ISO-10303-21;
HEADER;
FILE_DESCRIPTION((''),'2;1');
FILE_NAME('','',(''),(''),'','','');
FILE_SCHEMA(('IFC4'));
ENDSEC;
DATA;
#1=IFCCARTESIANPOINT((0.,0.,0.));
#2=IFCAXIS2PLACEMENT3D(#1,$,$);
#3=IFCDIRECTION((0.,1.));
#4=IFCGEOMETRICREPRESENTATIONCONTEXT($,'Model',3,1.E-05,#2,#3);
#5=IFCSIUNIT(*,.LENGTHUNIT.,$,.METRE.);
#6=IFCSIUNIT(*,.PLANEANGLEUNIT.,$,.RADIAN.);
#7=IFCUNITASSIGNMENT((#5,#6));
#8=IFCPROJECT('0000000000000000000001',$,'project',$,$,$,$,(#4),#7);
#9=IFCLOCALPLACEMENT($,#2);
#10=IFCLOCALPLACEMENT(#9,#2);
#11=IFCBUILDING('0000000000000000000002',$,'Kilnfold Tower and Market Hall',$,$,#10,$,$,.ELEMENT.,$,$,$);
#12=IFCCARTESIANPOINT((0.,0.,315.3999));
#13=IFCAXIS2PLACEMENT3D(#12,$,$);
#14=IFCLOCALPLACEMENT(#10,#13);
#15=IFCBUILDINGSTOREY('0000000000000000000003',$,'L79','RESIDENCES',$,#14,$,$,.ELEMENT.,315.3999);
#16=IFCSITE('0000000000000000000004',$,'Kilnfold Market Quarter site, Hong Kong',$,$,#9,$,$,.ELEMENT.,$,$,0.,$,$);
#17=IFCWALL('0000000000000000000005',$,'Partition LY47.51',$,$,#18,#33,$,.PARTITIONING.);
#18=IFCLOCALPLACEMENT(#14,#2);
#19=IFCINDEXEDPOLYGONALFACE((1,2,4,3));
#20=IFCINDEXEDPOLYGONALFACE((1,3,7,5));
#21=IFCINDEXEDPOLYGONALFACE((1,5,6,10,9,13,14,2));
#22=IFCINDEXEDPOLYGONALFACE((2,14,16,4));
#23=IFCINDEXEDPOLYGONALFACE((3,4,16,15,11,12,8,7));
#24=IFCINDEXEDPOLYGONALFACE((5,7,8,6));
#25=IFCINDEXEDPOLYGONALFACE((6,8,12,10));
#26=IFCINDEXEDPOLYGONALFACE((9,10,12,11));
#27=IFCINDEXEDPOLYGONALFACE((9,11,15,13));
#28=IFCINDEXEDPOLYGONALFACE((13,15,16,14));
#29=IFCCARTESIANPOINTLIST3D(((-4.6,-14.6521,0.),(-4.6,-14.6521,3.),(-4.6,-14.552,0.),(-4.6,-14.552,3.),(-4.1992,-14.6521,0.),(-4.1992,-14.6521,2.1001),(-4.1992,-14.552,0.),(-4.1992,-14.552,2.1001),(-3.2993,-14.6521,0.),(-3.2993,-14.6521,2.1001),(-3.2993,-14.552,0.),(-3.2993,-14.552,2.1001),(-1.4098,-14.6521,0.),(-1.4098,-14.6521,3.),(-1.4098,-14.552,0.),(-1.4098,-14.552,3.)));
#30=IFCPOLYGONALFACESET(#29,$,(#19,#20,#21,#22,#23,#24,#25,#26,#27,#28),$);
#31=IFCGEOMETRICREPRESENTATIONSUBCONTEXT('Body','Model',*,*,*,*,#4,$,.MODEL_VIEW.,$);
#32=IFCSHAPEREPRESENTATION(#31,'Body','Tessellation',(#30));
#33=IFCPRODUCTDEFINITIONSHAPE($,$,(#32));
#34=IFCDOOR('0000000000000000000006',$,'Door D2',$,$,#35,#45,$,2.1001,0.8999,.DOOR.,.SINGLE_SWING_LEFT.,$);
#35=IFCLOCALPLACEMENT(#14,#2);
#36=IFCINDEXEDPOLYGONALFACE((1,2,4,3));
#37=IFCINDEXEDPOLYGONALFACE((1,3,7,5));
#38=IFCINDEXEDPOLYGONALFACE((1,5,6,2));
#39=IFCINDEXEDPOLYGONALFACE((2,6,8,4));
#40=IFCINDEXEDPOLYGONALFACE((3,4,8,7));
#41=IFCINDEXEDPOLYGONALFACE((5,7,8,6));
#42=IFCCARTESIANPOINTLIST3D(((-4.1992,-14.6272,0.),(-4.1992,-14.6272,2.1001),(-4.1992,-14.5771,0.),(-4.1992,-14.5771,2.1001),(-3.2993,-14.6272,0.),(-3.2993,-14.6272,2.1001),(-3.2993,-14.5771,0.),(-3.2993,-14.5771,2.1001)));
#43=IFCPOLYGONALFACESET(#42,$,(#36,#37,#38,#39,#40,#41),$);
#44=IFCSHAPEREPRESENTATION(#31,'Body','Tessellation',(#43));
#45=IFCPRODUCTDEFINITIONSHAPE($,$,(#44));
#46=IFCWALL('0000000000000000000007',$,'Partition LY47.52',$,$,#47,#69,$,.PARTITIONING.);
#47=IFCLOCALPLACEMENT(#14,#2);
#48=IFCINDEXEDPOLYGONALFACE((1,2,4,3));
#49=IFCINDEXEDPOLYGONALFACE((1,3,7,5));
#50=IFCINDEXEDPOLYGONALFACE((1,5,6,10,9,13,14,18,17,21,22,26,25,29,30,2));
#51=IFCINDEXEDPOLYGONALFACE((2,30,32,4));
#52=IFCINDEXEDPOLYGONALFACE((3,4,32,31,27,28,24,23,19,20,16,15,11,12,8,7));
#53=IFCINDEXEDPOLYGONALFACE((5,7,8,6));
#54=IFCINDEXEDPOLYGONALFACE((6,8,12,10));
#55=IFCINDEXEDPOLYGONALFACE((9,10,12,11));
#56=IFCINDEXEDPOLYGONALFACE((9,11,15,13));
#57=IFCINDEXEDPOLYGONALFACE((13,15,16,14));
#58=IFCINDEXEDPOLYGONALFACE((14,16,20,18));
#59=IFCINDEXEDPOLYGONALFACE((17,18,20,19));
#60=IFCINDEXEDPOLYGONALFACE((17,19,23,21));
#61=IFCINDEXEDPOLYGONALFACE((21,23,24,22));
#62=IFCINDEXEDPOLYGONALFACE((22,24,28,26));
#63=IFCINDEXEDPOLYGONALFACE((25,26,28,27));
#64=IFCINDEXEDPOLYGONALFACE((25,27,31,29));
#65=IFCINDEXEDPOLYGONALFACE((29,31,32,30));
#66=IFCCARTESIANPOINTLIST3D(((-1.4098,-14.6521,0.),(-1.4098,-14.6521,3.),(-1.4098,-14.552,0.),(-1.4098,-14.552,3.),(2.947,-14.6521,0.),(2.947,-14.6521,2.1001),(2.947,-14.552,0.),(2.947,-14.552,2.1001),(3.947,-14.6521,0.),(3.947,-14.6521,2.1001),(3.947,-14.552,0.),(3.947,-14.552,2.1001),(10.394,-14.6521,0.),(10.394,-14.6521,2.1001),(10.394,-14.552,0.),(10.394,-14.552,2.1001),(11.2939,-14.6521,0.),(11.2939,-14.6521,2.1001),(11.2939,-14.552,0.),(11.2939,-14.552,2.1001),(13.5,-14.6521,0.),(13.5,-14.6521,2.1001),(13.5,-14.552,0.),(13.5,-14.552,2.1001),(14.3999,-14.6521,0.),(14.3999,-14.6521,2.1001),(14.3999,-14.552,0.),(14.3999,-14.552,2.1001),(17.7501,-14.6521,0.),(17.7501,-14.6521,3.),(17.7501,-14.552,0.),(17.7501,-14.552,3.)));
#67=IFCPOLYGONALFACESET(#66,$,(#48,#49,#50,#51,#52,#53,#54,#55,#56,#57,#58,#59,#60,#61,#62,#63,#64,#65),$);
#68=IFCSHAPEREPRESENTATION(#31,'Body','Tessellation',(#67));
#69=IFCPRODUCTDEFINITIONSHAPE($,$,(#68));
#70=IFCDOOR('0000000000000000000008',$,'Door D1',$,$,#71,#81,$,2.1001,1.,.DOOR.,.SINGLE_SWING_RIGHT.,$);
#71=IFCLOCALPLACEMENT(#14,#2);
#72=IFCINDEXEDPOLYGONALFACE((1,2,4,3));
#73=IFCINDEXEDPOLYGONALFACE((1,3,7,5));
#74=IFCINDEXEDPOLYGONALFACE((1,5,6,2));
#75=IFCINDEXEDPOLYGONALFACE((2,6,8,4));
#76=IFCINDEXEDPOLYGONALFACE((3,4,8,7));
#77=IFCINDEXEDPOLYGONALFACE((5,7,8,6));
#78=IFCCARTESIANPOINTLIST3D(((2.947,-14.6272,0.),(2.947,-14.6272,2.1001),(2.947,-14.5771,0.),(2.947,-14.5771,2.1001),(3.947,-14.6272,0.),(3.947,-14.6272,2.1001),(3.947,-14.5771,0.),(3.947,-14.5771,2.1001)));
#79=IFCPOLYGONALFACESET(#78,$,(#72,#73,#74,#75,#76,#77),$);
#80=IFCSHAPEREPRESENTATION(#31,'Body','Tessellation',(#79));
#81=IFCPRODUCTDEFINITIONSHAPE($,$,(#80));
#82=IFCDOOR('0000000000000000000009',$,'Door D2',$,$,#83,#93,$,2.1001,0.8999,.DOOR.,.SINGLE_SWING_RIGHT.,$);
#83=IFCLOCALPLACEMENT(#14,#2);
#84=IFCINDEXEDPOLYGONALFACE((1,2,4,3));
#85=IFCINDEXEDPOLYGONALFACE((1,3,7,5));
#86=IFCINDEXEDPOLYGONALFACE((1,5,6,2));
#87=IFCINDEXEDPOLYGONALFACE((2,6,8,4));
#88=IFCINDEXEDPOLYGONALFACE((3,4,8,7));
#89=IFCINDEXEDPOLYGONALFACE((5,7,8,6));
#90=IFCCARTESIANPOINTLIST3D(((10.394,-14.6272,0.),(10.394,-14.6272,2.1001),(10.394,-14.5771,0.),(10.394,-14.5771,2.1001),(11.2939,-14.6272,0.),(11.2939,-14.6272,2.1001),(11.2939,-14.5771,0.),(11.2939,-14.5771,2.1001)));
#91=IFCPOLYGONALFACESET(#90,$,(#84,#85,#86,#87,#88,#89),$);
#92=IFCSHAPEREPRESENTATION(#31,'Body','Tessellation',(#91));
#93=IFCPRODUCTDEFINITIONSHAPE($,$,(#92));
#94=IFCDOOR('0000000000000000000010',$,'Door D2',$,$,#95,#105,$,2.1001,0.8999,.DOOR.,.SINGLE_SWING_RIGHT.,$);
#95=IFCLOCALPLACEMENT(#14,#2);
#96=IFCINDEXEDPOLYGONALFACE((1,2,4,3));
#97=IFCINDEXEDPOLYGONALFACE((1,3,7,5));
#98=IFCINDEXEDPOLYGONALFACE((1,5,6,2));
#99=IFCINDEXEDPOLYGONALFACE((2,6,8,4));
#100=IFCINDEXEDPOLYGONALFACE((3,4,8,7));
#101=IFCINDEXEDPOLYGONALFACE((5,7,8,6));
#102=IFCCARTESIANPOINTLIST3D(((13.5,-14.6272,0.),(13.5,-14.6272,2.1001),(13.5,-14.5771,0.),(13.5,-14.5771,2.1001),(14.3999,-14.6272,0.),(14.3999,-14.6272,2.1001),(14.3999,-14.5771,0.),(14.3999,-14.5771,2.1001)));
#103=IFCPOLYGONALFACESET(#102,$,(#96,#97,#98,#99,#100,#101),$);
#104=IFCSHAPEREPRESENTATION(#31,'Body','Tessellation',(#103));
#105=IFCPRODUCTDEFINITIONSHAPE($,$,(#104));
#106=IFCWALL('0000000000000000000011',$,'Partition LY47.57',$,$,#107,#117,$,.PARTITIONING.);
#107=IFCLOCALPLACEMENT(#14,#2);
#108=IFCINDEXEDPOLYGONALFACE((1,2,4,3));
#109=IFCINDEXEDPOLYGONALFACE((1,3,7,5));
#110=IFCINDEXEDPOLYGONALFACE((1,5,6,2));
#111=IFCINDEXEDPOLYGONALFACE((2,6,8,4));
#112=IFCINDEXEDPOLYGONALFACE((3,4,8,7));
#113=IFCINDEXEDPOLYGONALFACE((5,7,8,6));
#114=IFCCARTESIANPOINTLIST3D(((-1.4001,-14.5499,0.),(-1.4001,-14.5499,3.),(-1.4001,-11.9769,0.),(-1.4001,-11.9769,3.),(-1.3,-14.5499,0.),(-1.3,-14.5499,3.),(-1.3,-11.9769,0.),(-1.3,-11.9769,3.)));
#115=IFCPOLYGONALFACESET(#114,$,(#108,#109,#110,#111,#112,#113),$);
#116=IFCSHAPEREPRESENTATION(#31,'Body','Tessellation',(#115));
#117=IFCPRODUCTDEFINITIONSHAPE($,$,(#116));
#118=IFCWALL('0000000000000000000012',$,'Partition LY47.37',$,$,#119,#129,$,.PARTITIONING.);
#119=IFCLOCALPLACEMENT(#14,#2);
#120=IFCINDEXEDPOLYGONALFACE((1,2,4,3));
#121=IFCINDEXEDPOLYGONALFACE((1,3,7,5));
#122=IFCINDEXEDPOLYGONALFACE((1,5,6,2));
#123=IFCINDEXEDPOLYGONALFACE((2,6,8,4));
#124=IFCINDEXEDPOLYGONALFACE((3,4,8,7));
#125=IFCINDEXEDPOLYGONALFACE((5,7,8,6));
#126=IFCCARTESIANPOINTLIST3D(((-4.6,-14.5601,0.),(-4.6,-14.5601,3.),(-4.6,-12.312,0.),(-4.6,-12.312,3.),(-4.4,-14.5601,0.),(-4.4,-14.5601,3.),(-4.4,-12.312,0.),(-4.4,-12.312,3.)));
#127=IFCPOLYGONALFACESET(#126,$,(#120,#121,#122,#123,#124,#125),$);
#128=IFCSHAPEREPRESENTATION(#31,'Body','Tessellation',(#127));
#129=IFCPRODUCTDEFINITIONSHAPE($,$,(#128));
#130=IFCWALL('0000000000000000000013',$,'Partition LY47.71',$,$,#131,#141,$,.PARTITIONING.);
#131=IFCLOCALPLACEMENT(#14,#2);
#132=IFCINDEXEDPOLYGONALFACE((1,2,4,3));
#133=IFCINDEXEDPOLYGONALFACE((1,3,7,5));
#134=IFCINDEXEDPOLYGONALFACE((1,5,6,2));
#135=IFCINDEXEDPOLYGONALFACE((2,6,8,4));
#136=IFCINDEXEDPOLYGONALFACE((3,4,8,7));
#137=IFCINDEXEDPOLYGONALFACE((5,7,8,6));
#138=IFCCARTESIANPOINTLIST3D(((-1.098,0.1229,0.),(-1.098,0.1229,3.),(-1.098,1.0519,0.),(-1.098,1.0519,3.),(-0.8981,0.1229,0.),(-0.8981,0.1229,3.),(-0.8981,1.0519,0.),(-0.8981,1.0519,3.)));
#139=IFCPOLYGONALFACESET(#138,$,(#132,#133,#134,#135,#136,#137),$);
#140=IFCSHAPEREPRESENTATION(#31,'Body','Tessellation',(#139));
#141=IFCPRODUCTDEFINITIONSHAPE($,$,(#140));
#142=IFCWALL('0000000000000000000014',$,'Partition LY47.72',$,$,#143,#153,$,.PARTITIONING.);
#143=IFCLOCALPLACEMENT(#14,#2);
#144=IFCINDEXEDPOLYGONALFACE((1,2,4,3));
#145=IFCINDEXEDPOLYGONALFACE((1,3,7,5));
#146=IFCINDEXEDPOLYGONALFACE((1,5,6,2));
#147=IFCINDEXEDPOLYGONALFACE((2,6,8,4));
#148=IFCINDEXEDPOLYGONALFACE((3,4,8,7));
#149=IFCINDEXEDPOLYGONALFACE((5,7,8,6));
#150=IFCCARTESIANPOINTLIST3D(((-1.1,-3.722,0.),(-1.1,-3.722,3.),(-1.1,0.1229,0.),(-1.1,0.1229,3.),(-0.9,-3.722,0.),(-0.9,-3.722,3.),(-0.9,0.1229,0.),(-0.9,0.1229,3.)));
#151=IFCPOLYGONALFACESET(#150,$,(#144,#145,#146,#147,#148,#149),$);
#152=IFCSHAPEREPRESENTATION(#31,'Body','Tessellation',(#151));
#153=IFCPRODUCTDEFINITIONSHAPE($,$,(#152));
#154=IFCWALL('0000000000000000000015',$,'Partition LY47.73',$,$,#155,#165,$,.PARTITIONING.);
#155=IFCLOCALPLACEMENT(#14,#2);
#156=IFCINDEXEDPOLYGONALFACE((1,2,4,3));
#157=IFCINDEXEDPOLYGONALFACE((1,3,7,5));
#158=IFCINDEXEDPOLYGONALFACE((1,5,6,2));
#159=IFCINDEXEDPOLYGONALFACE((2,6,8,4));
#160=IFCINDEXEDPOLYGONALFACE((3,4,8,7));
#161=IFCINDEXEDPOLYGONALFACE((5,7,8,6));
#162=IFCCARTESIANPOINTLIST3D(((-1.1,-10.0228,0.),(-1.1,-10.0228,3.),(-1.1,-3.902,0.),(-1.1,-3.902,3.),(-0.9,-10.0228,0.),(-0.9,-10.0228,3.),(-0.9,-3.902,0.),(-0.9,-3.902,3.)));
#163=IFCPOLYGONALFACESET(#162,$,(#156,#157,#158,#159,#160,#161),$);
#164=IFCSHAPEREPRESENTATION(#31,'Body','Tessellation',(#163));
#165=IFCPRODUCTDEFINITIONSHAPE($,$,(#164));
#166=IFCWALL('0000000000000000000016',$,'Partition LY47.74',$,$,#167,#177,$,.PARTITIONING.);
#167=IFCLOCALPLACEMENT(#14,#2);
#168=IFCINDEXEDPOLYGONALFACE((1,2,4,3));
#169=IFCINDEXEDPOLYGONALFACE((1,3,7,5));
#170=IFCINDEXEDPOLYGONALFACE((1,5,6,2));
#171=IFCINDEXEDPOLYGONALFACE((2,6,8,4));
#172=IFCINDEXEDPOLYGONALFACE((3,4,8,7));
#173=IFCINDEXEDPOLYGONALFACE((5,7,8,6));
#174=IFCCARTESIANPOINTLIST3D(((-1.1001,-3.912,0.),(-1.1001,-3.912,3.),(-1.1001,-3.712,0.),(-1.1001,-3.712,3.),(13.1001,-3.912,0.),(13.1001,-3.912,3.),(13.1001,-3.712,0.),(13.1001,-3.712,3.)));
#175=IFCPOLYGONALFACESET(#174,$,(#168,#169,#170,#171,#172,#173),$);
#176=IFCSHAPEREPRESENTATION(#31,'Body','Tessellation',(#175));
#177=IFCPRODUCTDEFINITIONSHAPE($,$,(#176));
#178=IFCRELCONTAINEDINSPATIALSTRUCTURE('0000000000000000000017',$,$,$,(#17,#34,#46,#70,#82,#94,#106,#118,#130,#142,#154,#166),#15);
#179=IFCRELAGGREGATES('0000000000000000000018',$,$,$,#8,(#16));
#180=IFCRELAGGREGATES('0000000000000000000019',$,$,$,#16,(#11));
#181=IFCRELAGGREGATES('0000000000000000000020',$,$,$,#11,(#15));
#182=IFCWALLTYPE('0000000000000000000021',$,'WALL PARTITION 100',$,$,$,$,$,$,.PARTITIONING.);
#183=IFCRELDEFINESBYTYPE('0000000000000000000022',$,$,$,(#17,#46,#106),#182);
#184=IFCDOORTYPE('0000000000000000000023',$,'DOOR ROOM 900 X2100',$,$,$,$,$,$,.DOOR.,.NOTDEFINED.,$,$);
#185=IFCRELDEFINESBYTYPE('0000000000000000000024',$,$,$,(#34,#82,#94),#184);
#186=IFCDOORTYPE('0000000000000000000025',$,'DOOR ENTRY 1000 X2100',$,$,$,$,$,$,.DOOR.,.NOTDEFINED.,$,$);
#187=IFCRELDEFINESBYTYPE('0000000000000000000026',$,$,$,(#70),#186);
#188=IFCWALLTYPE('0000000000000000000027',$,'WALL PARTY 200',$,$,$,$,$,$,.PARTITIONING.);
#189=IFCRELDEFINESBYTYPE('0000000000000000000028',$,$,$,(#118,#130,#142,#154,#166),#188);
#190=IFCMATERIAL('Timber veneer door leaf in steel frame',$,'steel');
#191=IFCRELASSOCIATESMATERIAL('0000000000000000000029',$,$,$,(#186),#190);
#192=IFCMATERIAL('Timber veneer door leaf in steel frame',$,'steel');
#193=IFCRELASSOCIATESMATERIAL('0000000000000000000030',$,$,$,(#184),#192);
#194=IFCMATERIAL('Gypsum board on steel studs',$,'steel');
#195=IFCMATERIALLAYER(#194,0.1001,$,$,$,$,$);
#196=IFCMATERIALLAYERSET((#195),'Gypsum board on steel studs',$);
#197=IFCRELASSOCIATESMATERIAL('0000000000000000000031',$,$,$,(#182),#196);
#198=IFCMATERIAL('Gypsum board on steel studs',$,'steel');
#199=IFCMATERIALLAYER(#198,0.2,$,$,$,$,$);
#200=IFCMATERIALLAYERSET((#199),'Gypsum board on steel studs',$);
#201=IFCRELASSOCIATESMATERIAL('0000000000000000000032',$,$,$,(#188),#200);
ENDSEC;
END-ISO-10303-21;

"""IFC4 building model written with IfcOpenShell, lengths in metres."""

from ifc_helpers import new_model, si_unit, direction, frame, frame_2d, origin, place, context, subcontext, project, spatial, rectangle, extrude, material, layer, layer_set, type_object, element, fill, save


model = new_model("IFC4")

# Units and contexts
model_context = context("Model", 3, precision=1e-05, world=origin(), true_north=direction((0.0, 1.0)))
body_context = subcontext(model_context, "Body", "Model", "MODEL_VIEW")
ifc_project = project(units=[si_unit("LENGTHUNIT", "METRE"), si_unit("PLANEANGLEUNIT", "RADIAN")], contexts=[model_context])

# Site, building, storey
site_placement = place(None, origin())
site = spatial("IfcSite", under=ifc_project, at=site_placement, Name="Kilnfold Market Quarter site, Hong Kong", CompositionType="ELEMENT", RefElevation=0.0)
building_placement = place(site_placement, origin())
building = spatial("IfcBuilding", under=site, at=building_placement, Name="Kilnfold Tower and Market Hall", CompositionType="ELEMENT")
storey_placement = place(building_placement, frame((0.0, 0.0, 315.3999)))
storey = spatial("IfcBuildingStorey", under=building, at=storey_placement, Name="L79", Description="RESIDENCES", CompositionType="ELEMENT", Elevation=315.3999)

# Shared definitions
ifc_material_1 = material(Name="Timber veneer door leaf in steel frame", Category="steel")
door_type_1 = type_object("IfcDoorType", Name="DOOR ENTRY 1000 X2100", OperationType="NOTDEFINED", PredefinedType="DOOR", material=ifc_material_1)

# Shared definitions
ifc_material_2 = material(Name="Timber veneer door leaf in steel frame", Category="steel")
door_type_2 = type_object("IfcDoorType", Name="DOOR ROOM 900 X2100", OperationType="NOTDEFINED", PredefinedType="DOOR", material=ifc_material_2)

# Wall, opening, door
ifc_material_3 = material(Name="Gypsum board on steel studs", Category="steel")
ifc_layer_1 = layer(ifc_material_3, 0.1001)
ifc_layer_set_1 = layer_set([ifc_layer_1], Name="Gypsum board on steel studs")
wall_type_1 = type_object("IfcWallType", Name="WALL PARTITION 100", PredefinedType="PARTITIONING", material=ifc_layer_set_1)
wall_1_placement = place(storey_placement, frame((-4.6001, -14.6021, 0.0), z_axis=(0.0, 0.0, 1.0), x_axis=(1.0, 0.0, 0.0)))
wall_1 = element("IfcWall", 1, at=wall_1_placement, inside=storey, type_object=wall_type_1, Name="Partition LY47.51", PredefinedType="PARTITIONING", context=body_context, shape_type="SweptSolid", body=[
    extrude(rectangle(XDim=3.1902, YDim=0.1001, at=frame_2d((1.5952, 0.0))), origin(), (0.0, 0.0, 1.0), 3.0),
])
opening_1_placement = place(wall_1_placement, frame((0.4009, 0.0, 0.0)))
opening_1 = element("IfcOpeningElement", 2, at=opening_1_placement, cuts=wall_1, PredefinedType="OPENING", context=body_context, shape_type="SweptSolid", body=[
    extrude(rectangle(XDim=0.8999, YDim=2.1001, at=frame_2d((0.45, 1.05))), frame((0.0, 0.0601, 0.0), z_axis=(0.0, -1.0, 0.0), x_axis=(1.0, 0.0, 0.0)), (0.0, 0.0, 1.0), 0.1201),
])
door_1_placement = place(opening_1_placement, origin())
door_1 = element("IfcDoor", 3, at=door_1_placement, inside=storey, type_object=door_type_2, Name="Door D2", OperationType="SINGLE_SWING_LEFT", OverallHeight=2.1001, OverallWidth=0.8999, PredefinedType="DOOR", context=body_context, shape_type="SweptSolid", body=[
    extrude(rectangle(XDim=0.8999, YDim=2.1001, at=frame_2d((0.45, 1.05))), frame((0.0, 0.0249, 0.0), z_axis=(0.0, -1.0, 0.0), x_axis=(1.0, 0.0, 0.0)), (0.0, 0.0, 1.0), 0.05),
])
fill(opening_1, door_1)

# Wall, openings, doors
wall_2_placement = place(storey_placement, frame((-1.4099, -14.6021, 0.0), z_axis=(0.0, 0.0, 1.0), x_axis=(1.0, 0.0, 0.0)))
wall_2 = element("IfcWall", 4, at=wall_2_placement, inside=storey, type_object=wall_type_1, Name="Partition LY47.52", PredefinedType="PARTITIONING", context=body_context, shape_type="SweptSolid", body=[
    extrude(rectangle(XDim=19.1599, YDim=0.1001, at=frame_2d((9.5801, 0.0))), origin(), (0.0, 0.0, 1.0), 3.0),
])
opening_2_placement = place(wall_2_placement, frame((4.3569, 0.0, 0.0)))
opening_2 = element("IfcOpeningElement", 5, at=opening_2_placement, cuts=wall_2, PredefinedType="OPENING", context=body_context, shape_type="SweptSolid", body=[
    extrude(rectangle(XDim=1.0, YDim=2.1001, at=frame_2d((0.5, 1.05))), frame((0.0, 0.0601, 0.0), z_axis=(0.0, -1.0, 0.0), x_axis=(1.0, 0.0, 0.0)), (0.0, 0.0, 1.0), 0.1201),
])
opening_3_placement = place(wall_2_placement, frame((11.804, 0.0, 0.0)))
opening_3 = element("IfcOpeningElement", 6, at=opening_3_placement, cuts=wall_2, PredefinedType="OPENING", context=body_context, shape_type="SweptSolid", body=[
    extrude(rectangle(XDim=0.8999, YDim=2.1001, at=frame_2d((0.45, 1.05))), frame((0.0, 0.0601, 0.0), z_axis=(0.0, -1.0, 0.0), x_axis=(1.0, 0.0, 0.0)), (0.0, 0.0, 1.0), 0.1201),
])
opening_4_placement = place(wall_2_placement, frame((14.9099, 0.0, 0.0)))
opening_4 = element("IfcOpeningElement", 7, at=opening_4_placement, cuts=wall_2, PredefinedType="OPENING", context=body_context, shape_type="SweptSolid", body=[
    extrude(rectangle(XDim=0.8999, YDim=2.1001, at=frame_2d((0.45, 1.05))), frame((0.0, 0.0601, 0.0), z_axis=(0.0, -1.0, 0.0), x_axis=(1.0, 0.0, 0.0)), (0.0, 0.0, 1.0), 0.1201),
])
door_2_placement = place(opening_2_placement, origin())
door_2 = element("IfcDoor", 8, at=door_2_placement, inside=storey, type_object=door_type_1, Name="Door D1", OperationType="SINGLE_SWING_RIGHT", OverallHeight=2.1001, OverallWidth=1.0, PredefinedType="DOOR", context=body_context, shape_type="SweptSolid", body=[
    extrude(rectangle(XDim=1.0, YDim=2.1001, at=frame_2d((0.5, 1.05))), frame((0.0, 0.0249, 0.0), z_axis=(0.0, -1.0, 0.0), x_axis=(1.0, 0.0, 0.0)), (0.0, 0.0, 1.0), 0.05),
])
fill(opening_2, door_2)
door_3_placement = place(opening_3_placement, origin())
door_3 = element("IfcDoor", 9, at=door_3_placement, inside=storey, type_object=door_type_2, Name="Door D2", OperationType="SINGLE_SWING_RIGHT", OverallHeight=2.1001, OverallWidth=0.8999, PredefinedType="DOOR", context=body_context, shape_type="SweptSolid", body=[
    extrude(rectangle(XDim=0.8999, YDim=2.1001, at=frame_2d((0.45, 1.05))), frame((0.0, 0.0249, 0.0), z_axis=(0.0, -1.0, 0.0), x_axis=(1.0, 0.0, 0.0)), (0.0, 0.0, 1.0), 0.05),
])
fill(opening_3, door_3)
door_4_placement = place(opening_4_placement, origin())
door_4 = element("IfcDoor", 10, at=door_4_placement, inside=storey, type_object=door_type_2, Name="Door D2", OperationType="SINGLE_SWING_RIGHT", OverallHeight=2.1001, OverallWidth=0.8999, PredefinedType="DOOR", context=body_context, shape_type="SweptSolid", body=[
    extrude(rectangle(XDim=0.8999, YDim=2.1001, at=frame_2d((0.45, 1.05))), frame((0.0, 0.0249, 0.0), z_axis=(0.0, -1.0, 0.0), x_axis=(1.0, 0.0, 0.0)), (0.0, 0.0, 1.0), 0.05),
])
fill(opening_4, door_4)

# Walls
wall_3_placement = place(storey_placement, frame((-1.3501, -14.55, 0.0), z_axis=(0.0, 0.0, 1.0), x_axis=(0.0, 1.0, 0.0)))
element("IfcWall", 11, at=wall_3_placement, inside=storey, type_object=wall_type_1, Name="Partition LY47.57", PredefinedType="PARTITIONING", context=body_context, shape_type="SweptSolid", body=[
    extrude(rectangle(XDim=2.573, YDim=0.1001, at=frame_2d((1.2866, 0.0))), origin(), (0.0, 0.0, 1.0), 3.0),
])
ifc_material_4 = material(Name="Gypsum board on steel studs", Category="steel")
ifc_layer_2 = layer(ifc_material_4, 0.2)
ifc_layer_set_2 = layer_set([ifc_layer_2], Name="Gypsum board on steel studs")
wall_type_2 = type_object("IfcWallType", Name="WALL PARTY 200", PredefinedType="PARTITIONING", material=ifc_layer_set_2)
wall_4_placement = place(storey_placement, frame((-4.5, -14.5601, 0.0), z_axis=(0.0, 0.0, 1.0), x_axis=(0.0, 1.0, 0.0)))
element("IfcWall", 12, at=wall_4_placement, inside=storey, type_object=wall_type_2, Name="Partition LY47.37", PredefinedType="PARTITIONING", context=body_context, shape_type="SweptSolid", body=[
    extrude(rectangle(XDim=2.248, YDim=0.2, at=frame_2d((1.124, 0.0))), origin(), (0.0, 0.0, 1.0), 3.0),
])
wall_5_placement = place(storey_placement, frame((-0.998, 0.123, 0.0), z_axis=(0.0, 0.0, 1.0), x_axis=(0.0, 1.0, 0.0)))
element("IfcWall", 13, at=wall_5_placement, inside=storey, type_object=wall_type_2, Name="Partition LY47.71", PredefinedType="PARTITIONING", context=body_context, shape_type="SweptSolid", body=[
    extrude(rectangle(XDim=0.929, YDim=0.2, at=frame_2d((0.4644, 0.0))), origin(), (0.0, 0.0, 1.0), 3.0),
])
wall_6_placement = place(storey_placement, frame((-1.0, -3.7219, 0.0), z_axis=(0.0, 0.0, 1.0), x_axis=(0.0, 1.0, 0.0)))
element("IfcWall", 14, at=wall_6_placement, inside=storey, type_object=wall_type_2, Name="Partition LY47.72", PredefinedType="PARTITIONING", context=body_context, shape_type="SweptSolid", body=[
    extrude(rectangle(XDim=3.845, YDim=0.2, at=frame_2d((1.9224, 0.0))), origin(), (0.0, 0.0, 1.0), 3.0),
])
wall_7_placement = place(storey_placement, frame((-1.0, -10.0229, 0.0), z_axis=(0.0, 0.0, 1.0), x_axis=(0.0, 1.0, 0.0)))
element("IfcWall", 15, at=wall_7_placement, inside=storey, type_object=wall_type_2, Name="Partition LY47.73", PredefinedType="PARTITIONING", context=body_context, shape_type="SweptSolid", body=[
    extrude(rectangle(XDim=6.1208, YDim=0.2, at=frame_2d((3.0605, 0.0))), origin(), (0.0, 0.0, 1.0), 3.0),
])
wall_8_placement = place(storey_placement, frame((-1.1001, -3.812, 0.0), z_axis=(0.0, 0.0, 1.0), x_axis=(1.0, 0.0, 0.0)))
element("IfcWall", 16, at=wall_8_placement, inside=storey, type_object=wall_type_2, Name="Partition LY47.74", PredefinedType="PARTITIONING", context=body_context, shape_type="SweptSolid", body=[
    extrude(rectangle(XDim=14.2002, YDim=0.2, at=frame_2d((7.1001, 0.0))), origin(), (0.0, 0.0, 1.0), 3.0),
])

save(model, "model.ifc")
